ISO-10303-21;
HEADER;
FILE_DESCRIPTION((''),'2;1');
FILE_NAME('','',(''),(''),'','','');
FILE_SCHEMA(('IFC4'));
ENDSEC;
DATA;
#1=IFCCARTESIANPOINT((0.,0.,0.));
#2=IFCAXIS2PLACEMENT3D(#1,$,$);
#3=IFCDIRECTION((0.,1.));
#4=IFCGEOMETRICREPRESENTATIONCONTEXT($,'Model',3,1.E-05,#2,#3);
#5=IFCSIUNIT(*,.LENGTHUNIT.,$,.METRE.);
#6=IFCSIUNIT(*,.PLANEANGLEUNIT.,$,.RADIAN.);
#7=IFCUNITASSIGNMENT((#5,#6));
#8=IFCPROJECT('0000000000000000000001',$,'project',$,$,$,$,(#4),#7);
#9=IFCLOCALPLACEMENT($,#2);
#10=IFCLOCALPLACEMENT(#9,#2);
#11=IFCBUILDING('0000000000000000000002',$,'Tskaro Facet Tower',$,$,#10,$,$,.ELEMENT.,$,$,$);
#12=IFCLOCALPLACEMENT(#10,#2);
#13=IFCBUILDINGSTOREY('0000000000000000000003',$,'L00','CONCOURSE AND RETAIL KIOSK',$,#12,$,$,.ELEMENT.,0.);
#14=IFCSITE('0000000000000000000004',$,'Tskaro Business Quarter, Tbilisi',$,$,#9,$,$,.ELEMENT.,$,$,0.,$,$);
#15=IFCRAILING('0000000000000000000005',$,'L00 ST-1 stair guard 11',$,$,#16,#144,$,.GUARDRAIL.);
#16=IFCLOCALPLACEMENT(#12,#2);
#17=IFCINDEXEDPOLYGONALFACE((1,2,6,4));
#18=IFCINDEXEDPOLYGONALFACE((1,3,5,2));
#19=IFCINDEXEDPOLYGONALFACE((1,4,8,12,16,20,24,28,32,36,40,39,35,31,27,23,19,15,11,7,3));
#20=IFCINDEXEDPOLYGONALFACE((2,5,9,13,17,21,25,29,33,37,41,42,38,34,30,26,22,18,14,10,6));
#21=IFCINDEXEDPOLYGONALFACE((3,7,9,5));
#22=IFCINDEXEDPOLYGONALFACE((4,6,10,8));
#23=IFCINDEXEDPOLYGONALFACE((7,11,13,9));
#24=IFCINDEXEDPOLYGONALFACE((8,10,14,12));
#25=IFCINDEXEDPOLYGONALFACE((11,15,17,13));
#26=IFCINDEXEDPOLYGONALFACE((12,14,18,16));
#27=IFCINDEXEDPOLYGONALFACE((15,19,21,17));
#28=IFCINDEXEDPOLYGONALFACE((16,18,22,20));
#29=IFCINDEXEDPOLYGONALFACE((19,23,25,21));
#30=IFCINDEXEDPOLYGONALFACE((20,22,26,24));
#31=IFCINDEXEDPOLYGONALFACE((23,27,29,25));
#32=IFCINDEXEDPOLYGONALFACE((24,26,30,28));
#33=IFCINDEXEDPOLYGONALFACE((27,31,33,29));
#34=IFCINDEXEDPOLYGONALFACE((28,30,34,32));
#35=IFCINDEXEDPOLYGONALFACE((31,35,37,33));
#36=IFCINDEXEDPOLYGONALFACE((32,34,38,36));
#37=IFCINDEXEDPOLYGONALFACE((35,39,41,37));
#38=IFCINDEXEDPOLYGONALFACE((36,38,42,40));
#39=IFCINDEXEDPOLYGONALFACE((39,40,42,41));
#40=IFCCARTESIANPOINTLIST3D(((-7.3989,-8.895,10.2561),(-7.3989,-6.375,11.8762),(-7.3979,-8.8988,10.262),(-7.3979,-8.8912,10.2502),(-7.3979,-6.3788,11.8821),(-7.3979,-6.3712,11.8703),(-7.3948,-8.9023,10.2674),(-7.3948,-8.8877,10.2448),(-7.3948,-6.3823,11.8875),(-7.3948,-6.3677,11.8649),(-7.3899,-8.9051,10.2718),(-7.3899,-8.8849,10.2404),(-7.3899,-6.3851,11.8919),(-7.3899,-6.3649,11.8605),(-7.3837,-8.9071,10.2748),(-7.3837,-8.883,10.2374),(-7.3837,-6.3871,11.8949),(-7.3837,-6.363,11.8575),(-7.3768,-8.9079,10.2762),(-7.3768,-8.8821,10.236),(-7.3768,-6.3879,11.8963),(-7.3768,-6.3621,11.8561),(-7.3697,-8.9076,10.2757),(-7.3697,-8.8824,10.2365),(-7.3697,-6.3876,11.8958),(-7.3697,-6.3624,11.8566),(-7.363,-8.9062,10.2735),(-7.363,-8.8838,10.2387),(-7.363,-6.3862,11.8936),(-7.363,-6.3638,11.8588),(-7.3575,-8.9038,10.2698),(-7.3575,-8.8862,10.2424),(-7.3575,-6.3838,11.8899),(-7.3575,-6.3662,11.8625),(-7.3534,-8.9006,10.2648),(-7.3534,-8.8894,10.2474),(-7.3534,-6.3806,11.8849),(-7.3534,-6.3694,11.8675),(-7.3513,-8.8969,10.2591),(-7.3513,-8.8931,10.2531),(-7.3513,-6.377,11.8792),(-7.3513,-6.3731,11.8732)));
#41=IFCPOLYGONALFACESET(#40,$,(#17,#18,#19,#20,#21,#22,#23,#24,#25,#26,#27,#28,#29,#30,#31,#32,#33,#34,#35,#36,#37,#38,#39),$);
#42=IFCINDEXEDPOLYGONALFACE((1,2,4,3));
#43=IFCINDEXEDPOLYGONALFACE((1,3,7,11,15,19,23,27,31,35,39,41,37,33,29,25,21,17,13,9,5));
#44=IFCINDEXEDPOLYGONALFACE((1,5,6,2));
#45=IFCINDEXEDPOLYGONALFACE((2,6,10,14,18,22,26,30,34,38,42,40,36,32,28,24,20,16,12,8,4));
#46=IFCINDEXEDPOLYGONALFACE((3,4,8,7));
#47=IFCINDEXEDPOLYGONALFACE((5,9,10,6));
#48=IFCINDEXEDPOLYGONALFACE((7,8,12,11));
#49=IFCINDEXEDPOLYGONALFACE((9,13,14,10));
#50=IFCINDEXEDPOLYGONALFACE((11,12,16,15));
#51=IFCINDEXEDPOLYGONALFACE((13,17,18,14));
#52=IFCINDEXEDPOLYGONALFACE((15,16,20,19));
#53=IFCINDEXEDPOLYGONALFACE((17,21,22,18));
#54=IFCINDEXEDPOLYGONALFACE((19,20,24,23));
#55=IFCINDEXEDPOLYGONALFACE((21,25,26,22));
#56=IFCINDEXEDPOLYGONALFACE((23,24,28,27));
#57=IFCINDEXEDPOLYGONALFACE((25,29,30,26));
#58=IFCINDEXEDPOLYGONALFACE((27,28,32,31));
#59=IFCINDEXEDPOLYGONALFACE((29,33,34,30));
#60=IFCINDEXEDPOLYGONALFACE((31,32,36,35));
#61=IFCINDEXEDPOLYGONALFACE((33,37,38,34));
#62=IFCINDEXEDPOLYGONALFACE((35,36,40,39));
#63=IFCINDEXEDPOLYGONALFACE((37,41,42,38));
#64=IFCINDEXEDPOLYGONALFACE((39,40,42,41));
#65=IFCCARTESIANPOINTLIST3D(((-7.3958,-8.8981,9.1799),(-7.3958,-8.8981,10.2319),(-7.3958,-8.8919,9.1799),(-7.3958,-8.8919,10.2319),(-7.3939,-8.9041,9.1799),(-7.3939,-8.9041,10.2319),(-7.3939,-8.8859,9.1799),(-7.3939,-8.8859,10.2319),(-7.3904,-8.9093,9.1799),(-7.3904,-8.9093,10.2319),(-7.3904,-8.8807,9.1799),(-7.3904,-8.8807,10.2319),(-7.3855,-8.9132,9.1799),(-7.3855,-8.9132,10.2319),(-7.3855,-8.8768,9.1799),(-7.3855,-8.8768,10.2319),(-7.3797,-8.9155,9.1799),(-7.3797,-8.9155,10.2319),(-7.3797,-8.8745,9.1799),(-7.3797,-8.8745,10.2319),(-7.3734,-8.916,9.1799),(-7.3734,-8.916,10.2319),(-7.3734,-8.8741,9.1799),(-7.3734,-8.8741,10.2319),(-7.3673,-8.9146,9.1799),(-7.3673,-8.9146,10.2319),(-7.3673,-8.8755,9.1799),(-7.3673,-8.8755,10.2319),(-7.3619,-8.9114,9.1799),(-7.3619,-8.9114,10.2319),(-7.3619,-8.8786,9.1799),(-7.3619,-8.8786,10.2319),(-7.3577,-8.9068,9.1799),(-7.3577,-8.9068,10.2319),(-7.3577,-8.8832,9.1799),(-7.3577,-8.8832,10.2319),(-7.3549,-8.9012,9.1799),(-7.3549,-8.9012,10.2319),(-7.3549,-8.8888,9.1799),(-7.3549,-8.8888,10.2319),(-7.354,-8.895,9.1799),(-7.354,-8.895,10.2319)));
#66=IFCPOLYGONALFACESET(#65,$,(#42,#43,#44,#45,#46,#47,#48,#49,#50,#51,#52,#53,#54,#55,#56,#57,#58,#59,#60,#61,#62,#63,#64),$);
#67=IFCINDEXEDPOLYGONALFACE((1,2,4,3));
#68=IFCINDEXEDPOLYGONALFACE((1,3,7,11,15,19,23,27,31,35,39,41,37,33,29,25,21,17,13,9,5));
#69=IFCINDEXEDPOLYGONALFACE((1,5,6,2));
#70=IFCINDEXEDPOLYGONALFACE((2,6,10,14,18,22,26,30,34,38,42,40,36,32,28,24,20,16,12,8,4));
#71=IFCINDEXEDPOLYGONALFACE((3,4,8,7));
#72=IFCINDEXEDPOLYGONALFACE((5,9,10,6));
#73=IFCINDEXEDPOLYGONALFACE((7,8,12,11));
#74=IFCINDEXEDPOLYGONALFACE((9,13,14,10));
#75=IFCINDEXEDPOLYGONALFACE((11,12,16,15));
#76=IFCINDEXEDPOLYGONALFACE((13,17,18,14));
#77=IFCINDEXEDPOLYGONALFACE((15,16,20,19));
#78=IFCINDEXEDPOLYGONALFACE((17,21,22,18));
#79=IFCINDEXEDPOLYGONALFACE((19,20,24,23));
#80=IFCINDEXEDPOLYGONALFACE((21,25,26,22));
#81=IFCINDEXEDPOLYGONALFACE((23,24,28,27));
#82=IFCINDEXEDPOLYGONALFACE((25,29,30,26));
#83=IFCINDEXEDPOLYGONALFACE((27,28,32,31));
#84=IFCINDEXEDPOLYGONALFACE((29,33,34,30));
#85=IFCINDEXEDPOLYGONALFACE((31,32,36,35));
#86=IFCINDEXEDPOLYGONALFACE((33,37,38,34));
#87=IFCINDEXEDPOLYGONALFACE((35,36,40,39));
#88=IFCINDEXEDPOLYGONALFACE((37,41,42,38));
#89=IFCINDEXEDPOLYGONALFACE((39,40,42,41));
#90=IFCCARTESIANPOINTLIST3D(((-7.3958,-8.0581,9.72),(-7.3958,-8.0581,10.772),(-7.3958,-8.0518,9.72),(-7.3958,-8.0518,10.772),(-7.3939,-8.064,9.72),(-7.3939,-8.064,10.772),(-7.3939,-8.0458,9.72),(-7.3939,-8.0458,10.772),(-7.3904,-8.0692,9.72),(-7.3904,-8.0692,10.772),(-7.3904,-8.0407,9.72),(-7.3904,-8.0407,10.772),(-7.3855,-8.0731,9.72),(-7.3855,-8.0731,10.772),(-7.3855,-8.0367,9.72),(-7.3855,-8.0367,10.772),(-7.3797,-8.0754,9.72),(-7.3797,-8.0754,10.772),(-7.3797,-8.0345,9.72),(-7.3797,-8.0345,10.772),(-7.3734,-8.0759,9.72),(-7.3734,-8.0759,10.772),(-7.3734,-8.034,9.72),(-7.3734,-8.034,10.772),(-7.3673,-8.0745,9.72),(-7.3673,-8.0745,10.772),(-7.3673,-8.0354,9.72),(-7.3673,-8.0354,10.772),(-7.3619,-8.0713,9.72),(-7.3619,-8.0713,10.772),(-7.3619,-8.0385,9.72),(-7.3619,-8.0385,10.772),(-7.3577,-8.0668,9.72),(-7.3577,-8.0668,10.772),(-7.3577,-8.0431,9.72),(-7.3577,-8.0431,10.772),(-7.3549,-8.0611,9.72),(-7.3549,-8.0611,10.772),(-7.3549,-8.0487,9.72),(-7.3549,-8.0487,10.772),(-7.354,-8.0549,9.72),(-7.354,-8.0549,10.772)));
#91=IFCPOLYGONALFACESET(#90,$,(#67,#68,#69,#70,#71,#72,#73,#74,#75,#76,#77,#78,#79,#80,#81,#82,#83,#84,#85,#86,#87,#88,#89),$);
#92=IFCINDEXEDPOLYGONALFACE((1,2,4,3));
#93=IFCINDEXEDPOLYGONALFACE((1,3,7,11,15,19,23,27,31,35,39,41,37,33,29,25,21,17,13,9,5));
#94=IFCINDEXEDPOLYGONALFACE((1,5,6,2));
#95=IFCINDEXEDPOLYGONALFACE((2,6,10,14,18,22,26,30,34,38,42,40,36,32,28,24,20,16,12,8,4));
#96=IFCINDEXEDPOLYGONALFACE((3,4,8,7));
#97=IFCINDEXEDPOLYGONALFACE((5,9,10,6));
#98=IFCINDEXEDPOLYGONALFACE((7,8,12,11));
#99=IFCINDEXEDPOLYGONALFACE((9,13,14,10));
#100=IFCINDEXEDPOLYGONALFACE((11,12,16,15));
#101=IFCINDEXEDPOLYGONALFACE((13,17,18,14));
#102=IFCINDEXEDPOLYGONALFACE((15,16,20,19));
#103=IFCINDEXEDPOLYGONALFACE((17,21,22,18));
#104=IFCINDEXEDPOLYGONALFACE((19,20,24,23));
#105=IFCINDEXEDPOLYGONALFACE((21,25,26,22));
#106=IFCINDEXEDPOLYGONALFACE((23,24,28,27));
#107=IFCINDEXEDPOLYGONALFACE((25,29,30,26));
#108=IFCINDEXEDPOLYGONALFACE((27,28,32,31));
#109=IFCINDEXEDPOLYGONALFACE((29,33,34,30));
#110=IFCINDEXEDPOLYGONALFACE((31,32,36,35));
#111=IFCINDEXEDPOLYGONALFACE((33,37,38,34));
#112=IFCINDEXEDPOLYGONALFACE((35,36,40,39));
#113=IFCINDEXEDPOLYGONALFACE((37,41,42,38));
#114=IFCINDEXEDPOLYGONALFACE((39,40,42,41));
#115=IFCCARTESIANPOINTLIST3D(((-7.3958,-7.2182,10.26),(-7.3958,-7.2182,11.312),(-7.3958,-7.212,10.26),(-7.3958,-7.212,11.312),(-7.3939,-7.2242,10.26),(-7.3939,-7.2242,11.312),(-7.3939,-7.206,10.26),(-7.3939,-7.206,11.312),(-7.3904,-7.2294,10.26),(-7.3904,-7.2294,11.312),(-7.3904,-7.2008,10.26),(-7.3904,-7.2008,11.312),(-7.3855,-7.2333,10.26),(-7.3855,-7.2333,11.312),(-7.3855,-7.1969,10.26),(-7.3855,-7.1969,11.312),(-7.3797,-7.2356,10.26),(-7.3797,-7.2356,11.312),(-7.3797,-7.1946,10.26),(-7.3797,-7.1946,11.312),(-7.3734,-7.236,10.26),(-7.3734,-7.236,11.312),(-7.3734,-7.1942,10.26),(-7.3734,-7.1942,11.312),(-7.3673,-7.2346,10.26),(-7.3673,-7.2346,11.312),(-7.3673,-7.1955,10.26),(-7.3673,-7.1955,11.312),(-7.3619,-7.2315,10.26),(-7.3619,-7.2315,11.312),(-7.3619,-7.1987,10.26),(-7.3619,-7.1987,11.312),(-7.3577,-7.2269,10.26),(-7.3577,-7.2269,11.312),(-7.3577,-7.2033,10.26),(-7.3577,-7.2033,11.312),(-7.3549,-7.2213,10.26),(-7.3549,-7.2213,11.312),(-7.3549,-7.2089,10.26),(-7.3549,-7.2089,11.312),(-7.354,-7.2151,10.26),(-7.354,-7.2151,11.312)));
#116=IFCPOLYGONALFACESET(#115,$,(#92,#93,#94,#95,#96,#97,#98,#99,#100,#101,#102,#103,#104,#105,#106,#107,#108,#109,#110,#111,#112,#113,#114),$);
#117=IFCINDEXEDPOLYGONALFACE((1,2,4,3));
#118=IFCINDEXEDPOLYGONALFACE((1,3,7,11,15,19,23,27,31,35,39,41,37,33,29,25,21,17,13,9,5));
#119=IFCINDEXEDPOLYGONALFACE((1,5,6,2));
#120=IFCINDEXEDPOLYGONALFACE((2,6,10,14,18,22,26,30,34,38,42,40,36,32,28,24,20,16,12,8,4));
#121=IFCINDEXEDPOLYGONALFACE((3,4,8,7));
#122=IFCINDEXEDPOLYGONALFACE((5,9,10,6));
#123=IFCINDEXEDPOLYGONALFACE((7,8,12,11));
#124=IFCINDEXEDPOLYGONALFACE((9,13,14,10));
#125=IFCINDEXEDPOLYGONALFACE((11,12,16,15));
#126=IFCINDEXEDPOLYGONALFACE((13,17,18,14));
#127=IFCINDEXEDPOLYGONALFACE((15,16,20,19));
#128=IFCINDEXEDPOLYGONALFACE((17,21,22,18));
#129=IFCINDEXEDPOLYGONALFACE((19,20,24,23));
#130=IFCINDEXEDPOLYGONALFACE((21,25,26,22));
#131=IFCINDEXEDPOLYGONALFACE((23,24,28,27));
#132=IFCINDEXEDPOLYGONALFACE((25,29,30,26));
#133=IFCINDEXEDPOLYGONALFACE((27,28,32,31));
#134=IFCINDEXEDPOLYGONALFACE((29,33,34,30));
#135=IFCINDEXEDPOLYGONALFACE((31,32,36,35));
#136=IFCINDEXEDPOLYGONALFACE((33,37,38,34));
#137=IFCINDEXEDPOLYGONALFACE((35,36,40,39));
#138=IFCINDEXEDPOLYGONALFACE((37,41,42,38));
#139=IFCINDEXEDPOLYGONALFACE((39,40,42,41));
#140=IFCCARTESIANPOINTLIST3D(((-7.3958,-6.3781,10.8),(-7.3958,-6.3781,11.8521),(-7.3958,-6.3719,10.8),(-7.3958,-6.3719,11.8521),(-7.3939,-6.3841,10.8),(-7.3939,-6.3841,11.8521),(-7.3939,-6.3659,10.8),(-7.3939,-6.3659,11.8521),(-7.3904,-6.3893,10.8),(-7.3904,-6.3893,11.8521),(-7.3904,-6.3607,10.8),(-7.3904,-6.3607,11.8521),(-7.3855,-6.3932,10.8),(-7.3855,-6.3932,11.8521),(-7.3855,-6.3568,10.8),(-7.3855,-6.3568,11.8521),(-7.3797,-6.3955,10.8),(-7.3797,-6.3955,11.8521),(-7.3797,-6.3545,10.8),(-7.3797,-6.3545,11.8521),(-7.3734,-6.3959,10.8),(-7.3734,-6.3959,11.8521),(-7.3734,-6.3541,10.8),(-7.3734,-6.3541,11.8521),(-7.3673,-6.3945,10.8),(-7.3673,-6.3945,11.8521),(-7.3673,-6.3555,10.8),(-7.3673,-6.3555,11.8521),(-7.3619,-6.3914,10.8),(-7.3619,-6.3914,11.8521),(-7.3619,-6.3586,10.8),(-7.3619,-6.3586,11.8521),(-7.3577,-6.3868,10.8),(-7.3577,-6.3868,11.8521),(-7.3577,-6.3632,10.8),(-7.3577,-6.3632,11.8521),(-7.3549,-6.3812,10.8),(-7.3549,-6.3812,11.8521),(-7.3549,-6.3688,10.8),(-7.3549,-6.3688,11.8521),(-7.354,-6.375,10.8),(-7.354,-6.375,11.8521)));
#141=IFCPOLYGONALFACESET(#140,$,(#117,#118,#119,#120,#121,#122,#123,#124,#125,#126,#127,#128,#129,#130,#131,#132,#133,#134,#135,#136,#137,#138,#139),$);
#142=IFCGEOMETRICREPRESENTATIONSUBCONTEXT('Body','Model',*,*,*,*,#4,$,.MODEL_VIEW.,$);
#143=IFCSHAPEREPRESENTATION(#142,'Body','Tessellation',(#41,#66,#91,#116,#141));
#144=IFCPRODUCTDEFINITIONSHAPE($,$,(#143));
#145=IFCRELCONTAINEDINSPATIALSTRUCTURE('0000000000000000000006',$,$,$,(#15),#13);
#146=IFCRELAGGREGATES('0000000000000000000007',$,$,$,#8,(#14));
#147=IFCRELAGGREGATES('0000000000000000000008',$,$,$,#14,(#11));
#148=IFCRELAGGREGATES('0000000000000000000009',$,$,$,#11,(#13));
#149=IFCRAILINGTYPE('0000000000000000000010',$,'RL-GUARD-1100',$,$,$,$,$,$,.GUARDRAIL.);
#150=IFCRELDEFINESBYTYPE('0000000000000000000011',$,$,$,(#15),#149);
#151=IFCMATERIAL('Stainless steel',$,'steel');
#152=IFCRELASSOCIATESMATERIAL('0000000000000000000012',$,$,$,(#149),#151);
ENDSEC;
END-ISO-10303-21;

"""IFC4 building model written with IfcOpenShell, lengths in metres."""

from ifc_helpers import new_model, si_unit, direction, frame, origin, origin_2d, place, context, subcontext, project, spatial, circle, extrude, material, type_object, element, save


model = new_model("IFC4")

# Units and contexts
model_context = context("Model", 3, precision=1e-05, world=origin(), true_north=direction((0.0, 1.0)))
body_context = subcontext(model_context, "Body", "Model", "MODEL_VIEW")
ifc_project = project(units=[si_unit("LENGTHUNIT", "METRE"), si_unit("PLANEANGLEUNIT", "RADIAN")], contexts=[model_context])

# Site, building, storey
site_placement = place(None, origin())
site = spatial("IfcSite", under=ifc_project, at=site_placement, Name="Tskaro Business Quarter, Tbilisi", CompositionType="ELEMENT", RefElevation=0.0)
building_placement = place(site_placement, origin())
building = spatial("IfcBuilding", under=site, at=building_placement, Name="Tskaro Facet Tower", CompositionType="ELEMENT")
storey_placement = place(building_placement, origin())
storey = spatial("IfcBuildingStorey", under=building, at=storey_placement, Name="L00", Description="CONCOURSE AND RETAIL KIOSK", CompositionType="ELEMENT", Elevation=0.0)

# Railing
ifc_material_1 = material(Name="Stainless steel", Category="steel")
railing_type_1 = type_object("IfcRailingType", Name="RL-GUARD-1100", PredefinedType="GUARDRAIL", material=ifc_material_1)
railing_1_placement = place(storey_placement, frame((-7.375, -8.895, 9.1799)))
element("IfcRailing", 1, at=railing_1_placement, inside=storey, type_object=railing_type_1, Name="L00 ST-1 stair guard 11", PredefinedType="GUARDRAIL", context=body_context, shape_type="SweptSolid", body=[
    extrude(circle(Radius=0.0239, at=origin_2d()), frame((0.0, 0.0, 1.0762), z_axis=(0.0, 0.841163, 0.540782), x_axis=(-1.0, 0.0, 0.0)), (0.0, 0.0, 1.0), 2.9958),
    extrude(circle(Radius=0.021, at=origin_2d()), origin(), (0.0, 0.0, 1.0), 1.052),
    extrude(circle(Radius=0.021, at=origin_2d()), frame((0.0, 0.8401, 0.54)), (0.0, 0.0, 1.0), 1.052),
    extrude(circle(Radius=0.021, at=origin_2d()), frame((0.0, 1.6799, 1.0801)), (0.0, 0.0, 1.0), 1.052),
    extrude(circle(Radius=0.021, at=origin_2d()), frame((0.0, 2.52, 1.6201)), (0.0, 0.0, 1.0), 1.052),
])

save(model, "model.ifc")
